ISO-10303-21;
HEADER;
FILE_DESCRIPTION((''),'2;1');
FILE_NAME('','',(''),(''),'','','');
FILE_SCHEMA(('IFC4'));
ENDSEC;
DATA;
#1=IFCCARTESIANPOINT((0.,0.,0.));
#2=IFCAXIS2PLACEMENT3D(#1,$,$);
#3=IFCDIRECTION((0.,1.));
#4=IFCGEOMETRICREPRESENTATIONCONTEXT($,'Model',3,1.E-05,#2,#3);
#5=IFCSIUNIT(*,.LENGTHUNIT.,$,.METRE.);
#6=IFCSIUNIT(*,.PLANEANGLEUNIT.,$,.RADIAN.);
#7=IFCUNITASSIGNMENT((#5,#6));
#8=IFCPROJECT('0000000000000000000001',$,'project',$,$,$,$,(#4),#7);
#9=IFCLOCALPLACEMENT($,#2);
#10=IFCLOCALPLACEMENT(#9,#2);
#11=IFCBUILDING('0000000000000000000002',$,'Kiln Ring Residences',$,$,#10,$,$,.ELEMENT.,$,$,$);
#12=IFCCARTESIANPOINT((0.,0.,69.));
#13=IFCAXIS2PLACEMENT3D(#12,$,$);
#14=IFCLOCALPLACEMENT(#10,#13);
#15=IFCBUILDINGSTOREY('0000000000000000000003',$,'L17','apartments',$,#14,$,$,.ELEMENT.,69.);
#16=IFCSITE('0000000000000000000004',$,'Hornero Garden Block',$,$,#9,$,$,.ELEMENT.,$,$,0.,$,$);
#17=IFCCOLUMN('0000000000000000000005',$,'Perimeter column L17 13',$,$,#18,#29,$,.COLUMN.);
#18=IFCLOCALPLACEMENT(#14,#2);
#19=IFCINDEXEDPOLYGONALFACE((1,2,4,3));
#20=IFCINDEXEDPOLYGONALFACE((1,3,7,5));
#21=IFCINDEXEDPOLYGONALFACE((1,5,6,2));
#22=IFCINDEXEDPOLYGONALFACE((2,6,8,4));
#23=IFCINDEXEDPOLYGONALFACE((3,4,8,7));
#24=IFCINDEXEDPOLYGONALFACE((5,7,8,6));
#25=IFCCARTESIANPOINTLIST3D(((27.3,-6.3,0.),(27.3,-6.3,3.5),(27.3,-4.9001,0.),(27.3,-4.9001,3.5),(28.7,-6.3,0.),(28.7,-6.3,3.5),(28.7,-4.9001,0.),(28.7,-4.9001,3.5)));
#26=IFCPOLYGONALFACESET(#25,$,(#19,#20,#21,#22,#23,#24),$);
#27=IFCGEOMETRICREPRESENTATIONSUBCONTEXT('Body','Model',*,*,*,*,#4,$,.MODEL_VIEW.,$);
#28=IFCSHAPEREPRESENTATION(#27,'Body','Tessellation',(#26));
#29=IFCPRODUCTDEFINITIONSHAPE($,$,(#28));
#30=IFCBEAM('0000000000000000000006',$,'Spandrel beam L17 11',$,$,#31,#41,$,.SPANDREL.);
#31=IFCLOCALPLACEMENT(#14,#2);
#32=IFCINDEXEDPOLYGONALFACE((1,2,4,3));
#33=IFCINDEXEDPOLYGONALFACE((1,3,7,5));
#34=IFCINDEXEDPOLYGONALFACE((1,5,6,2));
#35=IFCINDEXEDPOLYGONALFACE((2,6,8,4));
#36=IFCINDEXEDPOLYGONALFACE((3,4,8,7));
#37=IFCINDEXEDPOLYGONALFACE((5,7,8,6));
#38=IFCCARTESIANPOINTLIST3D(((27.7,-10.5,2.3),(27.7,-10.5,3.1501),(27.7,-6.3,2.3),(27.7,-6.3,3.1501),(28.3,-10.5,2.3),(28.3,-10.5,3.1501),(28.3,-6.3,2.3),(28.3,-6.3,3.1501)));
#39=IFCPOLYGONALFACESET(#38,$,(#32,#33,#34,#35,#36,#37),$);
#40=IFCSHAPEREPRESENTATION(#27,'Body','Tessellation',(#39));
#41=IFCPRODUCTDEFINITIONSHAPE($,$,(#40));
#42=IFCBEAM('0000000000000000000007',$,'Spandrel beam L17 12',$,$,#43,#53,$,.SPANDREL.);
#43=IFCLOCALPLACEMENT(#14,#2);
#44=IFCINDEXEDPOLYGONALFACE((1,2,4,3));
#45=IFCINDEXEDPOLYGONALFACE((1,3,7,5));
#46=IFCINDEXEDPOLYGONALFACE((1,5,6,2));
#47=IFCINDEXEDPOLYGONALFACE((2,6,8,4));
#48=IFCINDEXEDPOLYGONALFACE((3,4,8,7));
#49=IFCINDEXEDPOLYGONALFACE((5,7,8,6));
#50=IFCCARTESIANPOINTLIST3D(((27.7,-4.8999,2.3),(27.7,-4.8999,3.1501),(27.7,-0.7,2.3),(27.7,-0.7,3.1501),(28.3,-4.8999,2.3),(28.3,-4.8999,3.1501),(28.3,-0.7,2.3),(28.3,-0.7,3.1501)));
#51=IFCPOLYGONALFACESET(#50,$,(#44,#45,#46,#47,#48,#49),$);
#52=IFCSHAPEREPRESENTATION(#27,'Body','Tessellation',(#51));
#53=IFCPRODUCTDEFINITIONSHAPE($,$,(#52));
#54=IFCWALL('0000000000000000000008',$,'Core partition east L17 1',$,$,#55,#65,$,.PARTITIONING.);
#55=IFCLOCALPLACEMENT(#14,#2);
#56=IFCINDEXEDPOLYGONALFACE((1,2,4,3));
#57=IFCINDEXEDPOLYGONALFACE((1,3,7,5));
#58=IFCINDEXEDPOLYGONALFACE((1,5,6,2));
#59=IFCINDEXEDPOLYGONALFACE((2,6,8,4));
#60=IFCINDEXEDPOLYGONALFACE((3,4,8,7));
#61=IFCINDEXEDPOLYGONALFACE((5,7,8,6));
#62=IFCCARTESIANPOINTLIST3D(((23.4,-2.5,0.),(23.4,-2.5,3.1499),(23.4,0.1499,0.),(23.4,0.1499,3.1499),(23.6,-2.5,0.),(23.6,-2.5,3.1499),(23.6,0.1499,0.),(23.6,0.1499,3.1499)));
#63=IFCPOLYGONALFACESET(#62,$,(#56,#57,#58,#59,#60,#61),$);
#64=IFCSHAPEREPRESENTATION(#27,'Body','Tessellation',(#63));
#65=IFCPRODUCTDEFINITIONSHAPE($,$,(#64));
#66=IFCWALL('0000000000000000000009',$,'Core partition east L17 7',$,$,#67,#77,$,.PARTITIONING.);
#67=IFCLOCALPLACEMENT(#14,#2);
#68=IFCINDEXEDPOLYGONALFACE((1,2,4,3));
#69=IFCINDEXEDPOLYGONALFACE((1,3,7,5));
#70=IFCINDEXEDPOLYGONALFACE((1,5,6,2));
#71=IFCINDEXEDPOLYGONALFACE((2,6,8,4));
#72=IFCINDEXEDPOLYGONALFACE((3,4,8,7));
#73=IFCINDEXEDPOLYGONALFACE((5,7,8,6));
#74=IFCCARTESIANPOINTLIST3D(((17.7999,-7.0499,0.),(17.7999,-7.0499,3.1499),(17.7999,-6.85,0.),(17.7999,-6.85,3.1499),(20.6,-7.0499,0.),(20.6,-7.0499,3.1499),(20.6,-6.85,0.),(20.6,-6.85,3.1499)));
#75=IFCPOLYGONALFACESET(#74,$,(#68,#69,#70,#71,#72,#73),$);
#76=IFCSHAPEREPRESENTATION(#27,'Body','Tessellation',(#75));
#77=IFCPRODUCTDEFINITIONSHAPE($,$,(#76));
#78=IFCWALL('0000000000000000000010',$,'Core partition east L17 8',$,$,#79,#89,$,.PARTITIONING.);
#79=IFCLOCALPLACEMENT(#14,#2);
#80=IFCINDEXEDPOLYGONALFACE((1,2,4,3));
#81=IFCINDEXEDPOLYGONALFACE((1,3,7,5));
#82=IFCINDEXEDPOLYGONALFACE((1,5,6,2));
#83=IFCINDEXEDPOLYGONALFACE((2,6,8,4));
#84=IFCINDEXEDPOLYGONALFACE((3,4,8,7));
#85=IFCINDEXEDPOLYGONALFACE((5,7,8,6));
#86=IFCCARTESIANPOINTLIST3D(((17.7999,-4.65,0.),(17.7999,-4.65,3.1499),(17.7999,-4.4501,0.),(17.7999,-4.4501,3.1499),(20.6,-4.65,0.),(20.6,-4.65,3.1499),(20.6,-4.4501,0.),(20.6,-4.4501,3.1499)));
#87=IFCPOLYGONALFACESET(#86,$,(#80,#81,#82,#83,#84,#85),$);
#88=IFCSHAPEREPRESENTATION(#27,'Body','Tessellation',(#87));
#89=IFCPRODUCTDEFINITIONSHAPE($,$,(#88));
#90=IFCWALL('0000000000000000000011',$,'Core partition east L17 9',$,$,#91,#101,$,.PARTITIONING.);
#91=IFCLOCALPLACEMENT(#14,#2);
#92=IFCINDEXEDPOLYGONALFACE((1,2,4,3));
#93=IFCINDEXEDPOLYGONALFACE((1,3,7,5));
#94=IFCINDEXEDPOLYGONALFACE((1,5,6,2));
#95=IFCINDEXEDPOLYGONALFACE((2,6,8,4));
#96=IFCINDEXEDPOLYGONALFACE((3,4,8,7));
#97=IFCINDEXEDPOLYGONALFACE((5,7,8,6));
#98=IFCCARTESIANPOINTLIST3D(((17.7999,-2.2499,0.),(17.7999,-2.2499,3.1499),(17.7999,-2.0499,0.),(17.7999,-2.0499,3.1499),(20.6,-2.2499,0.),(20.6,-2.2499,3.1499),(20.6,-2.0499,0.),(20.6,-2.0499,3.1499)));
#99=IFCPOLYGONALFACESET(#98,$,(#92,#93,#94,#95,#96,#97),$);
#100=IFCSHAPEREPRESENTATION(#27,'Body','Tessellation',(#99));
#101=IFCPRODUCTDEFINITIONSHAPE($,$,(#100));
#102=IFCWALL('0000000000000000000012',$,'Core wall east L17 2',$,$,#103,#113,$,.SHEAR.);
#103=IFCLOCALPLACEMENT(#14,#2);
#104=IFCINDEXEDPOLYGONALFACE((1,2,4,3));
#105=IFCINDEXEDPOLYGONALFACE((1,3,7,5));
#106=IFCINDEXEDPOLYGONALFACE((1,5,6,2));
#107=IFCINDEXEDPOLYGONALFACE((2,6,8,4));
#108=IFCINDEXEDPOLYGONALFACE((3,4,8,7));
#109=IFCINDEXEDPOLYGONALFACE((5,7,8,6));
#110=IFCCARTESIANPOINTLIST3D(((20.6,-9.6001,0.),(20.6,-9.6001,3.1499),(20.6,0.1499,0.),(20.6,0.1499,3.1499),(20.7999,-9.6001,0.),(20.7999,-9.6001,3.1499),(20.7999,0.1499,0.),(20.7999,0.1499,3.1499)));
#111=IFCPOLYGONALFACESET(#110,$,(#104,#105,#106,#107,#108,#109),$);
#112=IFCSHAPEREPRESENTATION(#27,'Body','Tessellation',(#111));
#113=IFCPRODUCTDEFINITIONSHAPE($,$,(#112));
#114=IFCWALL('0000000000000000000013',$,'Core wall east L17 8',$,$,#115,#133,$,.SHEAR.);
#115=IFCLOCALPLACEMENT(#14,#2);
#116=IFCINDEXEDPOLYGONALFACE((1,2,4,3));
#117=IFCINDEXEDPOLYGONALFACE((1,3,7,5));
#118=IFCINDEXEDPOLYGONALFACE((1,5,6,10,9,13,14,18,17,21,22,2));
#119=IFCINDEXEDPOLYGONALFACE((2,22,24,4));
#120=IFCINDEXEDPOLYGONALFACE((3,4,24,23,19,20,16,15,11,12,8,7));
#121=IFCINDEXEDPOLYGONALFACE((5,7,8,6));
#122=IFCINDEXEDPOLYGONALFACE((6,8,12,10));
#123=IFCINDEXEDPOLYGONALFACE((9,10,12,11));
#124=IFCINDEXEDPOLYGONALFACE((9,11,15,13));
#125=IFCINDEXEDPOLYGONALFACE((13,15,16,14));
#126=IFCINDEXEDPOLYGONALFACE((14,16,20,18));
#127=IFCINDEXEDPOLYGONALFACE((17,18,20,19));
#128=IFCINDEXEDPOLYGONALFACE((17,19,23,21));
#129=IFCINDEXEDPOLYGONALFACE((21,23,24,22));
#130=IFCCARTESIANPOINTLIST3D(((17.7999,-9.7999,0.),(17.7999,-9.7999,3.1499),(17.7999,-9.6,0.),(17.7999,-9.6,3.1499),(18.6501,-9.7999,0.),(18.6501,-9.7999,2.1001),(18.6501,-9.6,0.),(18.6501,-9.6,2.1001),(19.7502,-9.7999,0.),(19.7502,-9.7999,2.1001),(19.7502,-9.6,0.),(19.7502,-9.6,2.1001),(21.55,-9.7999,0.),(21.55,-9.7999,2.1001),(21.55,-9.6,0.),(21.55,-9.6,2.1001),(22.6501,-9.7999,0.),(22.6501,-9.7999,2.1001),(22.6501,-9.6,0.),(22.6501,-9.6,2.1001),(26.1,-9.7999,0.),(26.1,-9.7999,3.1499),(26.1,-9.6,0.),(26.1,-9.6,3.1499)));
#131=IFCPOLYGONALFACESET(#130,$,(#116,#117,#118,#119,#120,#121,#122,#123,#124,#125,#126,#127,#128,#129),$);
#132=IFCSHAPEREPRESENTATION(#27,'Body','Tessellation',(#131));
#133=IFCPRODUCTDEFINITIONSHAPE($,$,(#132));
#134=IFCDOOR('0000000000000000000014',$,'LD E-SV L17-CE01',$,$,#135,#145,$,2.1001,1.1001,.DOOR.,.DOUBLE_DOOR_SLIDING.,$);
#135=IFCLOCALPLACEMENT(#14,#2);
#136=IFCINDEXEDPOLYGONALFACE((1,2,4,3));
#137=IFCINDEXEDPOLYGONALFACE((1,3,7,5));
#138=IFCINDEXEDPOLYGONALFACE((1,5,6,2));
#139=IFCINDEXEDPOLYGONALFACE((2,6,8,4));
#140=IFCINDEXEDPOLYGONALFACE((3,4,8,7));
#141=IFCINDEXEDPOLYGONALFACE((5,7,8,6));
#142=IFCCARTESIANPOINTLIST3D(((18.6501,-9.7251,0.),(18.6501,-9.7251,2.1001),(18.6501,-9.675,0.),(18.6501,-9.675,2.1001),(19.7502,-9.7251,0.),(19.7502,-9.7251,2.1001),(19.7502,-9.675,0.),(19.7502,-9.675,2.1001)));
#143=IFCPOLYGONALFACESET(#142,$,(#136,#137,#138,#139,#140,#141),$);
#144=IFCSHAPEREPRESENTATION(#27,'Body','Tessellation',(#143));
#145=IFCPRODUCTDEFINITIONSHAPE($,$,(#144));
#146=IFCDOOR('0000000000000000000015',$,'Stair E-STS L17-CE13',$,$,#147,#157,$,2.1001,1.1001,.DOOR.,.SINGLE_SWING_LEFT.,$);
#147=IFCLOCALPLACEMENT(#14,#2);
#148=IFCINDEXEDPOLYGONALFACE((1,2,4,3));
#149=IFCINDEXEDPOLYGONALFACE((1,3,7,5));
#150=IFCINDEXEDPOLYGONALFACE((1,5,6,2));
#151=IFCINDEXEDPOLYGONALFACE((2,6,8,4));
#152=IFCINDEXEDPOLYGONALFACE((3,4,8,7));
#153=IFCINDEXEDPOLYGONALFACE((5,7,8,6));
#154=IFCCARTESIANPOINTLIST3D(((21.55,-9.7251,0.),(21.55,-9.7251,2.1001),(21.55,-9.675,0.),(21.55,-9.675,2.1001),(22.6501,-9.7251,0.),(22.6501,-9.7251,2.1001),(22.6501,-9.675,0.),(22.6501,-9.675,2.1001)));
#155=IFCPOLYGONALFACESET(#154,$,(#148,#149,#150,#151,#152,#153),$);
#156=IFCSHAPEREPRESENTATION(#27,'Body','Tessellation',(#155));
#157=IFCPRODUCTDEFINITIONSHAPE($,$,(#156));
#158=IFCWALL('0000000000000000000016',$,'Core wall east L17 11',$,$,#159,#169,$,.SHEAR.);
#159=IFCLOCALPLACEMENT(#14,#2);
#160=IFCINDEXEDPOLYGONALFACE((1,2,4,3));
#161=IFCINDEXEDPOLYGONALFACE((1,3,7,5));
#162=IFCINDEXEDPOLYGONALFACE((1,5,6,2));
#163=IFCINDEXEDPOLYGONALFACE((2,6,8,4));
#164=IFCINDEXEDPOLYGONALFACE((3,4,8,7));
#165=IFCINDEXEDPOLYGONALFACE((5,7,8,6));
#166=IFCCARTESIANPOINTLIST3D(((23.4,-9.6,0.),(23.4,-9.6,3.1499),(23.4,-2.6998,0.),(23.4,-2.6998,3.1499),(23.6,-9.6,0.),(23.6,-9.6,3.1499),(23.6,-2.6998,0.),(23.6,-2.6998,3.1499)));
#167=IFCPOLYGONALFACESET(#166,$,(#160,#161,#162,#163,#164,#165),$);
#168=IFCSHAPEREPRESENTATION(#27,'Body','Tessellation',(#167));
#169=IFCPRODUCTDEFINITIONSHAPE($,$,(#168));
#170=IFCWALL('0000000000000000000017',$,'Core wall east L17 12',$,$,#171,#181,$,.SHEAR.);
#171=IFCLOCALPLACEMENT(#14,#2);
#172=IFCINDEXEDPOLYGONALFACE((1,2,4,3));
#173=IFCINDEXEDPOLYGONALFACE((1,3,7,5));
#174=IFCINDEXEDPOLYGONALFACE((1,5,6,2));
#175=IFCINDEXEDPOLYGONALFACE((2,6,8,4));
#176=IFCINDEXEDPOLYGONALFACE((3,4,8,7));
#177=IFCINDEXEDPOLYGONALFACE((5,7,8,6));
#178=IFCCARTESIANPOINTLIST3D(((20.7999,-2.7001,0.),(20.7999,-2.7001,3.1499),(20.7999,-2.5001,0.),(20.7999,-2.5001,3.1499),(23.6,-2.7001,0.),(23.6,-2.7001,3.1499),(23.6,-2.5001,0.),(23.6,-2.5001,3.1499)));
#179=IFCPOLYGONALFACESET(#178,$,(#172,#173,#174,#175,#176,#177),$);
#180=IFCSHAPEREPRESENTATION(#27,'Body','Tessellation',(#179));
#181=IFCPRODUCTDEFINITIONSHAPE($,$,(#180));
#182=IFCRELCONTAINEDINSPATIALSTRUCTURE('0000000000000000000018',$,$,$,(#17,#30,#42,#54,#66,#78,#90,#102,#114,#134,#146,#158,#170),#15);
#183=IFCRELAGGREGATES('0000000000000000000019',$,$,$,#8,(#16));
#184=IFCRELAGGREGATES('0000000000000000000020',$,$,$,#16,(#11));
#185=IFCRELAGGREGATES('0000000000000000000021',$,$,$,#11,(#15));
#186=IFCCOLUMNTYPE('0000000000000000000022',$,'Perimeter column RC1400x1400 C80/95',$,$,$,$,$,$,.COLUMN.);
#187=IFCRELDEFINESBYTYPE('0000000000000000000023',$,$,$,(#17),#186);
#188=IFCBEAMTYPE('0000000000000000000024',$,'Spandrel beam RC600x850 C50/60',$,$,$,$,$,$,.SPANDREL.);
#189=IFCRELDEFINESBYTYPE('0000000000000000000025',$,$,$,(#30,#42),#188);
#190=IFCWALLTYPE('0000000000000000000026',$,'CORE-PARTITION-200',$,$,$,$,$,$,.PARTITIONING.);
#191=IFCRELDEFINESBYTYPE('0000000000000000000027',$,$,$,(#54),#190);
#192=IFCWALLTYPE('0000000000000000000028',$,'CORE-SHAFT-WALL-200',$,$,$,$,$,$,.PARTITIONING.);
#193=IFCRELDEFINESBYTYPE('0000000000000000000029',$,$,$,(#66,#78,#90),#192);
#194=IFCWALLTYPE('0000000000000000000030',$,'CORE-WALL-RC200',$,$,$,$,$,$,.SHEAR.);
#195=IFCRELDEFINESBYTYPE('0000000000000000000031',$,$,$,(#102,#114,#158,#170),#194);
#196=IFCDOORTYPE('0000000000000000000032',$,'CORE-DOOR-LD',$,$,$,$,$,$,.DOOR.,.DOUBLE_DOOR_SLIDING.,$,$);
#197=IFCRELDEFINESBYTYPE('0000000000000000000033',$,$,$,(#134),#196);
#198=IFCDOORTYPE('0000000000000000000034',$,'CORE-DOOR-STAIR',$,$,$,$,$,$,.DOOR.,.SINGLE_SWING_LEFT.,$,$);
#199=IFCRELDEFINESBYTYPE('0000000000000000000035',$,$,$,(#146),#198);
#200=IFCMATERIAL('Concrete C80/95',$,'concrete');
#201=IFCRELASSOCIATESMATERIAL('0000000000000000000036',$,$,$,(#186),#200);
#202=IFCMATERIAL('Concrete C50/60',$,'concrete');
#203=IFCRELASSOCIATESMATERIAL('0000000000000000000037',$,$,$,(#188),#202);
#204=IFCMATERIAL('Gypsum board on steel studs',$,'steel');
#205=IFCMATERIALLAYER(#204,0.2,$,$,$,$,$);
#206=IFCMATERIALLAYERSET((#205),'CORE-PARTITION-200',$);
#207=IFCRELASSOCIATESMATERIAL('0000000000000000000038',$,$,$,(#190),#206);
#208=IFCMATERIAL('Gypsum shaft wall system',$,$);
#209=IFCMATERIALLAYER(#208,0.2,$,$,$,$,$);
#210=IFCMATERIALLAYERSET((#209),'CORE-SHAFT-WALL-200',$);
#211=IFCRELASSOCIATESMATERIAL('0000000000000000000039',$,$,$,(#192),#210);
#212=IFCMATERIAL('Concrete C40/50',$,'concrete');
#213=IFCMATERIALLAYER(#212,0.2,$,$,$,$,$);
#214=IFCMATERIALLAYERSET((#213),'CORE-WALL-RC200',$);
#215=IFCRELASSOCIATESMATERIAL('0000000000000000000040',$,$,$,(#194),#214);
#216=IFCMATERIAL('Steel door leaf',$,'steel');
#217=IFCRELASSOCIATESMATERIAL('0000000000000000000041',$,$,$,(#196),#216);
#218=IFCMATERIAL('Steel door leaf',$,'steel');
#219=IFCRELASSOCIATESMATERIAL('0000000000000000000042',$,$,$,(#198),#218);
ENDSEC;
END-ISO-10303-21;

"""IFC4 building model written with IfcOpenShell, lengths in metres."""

from ifc_helpers import new_model, si_unit, direction, frame, frame_2d, origin, origin_2d, place, context, subcontext, project, spatial, rectangle, extrude, material, layer, layer_set, material_profile, profile_set, type_object, element, fill, save


model = new_model("IFC4")

# Units and contexts
model_context = context("Model", 3, precision=1e-05, world=origin(), true_north=direction((0.0, 1.0)))
body_context = subcontext(model_context, "Body", "Model", "MODEL_VIEW")
ifc_project = project(units=[si_unit("LENGTHUNIT", "METRE"), si_unit("PLANEANGLEUNIT", "RADIAN")], contexts=[model_context])

# Site, building, storey
site_placement = place(None, origin())
site = spatial("IfcSite", under=ifc_project, at=site_placement, Name="Hornero Garden Block", CompositionType="ELEMENT", RefElevation=0.0)
building_placement = place(site_placement, origin())
building = spatial("IfcBuilding", under=site, at=building_placement, Name="Kiln Ring Residences", CompositionType="ELEMENT")
storey_placement = place(building_placement, frame((0.0, 0.0, 69.0)))
storey = spatial("IfcBuildingStorey", under=building, at=storey_placement, Name="L17", Description="apartments", CompositionType="ELEMENT", Elevation=69.0)

# Column
ifc_material_1 = material(Name="Concrete C80/95", Category="concrete")
ifc_material_profile_1 = material_profile(ifc_material_1, rectangle(XDim=1.3999, YDim=1.3999, at=origin_2d()), Name="RC1400x1400")
ifc_profile_set_1 = profile_set([ifc_material_profile_1], Name="Concrete C80/95")
column_type = type_object("IfcColumnType", Name="Perimeter column RC1400x1400 C80/95", PredefinedType="COLUMN", material=ifc_profile_set_1)
column_placement = place(storey_placement, frame((28.0, -5.6001, 0.0), z_axis=(0.0, 0.0, 1.0), x_axis=(1.0, 0.0, 0.0)))
element("IfcColumn", 1, at=column_placement, inside=storey, type_object=column_type, Name="Perimeter column L17 13", PredefinedType="COLUMN", context=body_context, shape_type="SweptSolid", body=[
    extrude(rectangle(XDim=1.3999, YDim=1.3999, at=origin_2d()), origin(), (0.0, 0.0, 1.0), 3.5),
])

# Beams
ifc_material_2 = material(Name="Concrete C50/60", Category="concrete")
ifc_material_profile_2 = material_profile(ifc_material_2, rectangle(XDim=0.6001, YDim=0.8501, at=origin_2d()), Name="RC600x850")
ifc_profile_set_2 = profile_set([ifc_material_profile_2], Name="Concrete C50/60")
beam_type = type_object("IfcBeamType", Name="Spandrel beam RC600x850 C50/60", PredefinedType="SPANDREL", material=ifc_profile_set_2)
for number, where, z_axis, x_axis, name in (
    (2, (28.0, -10.5, 2.7251), (0.0, 1.0, 0.0), (-1.0, 0.0, 0.0), "Spandrel beam L17 11"),
    (3, (28.0, -4.8999, 2.7251), (0.0, 1.0, 0.0), (-1.0, 0.0, 0.0), "Spandrel beam L17 12"),
):
    element("IfcBeam", number, at=place(storey_placement, frame(where, z_axis=z_axis, x_axis=x_axis)), inside=storey, type_object=beam_type, Name=name, PredefinedType="SPANDREL", context=body_context, shape_type="SweptSolid", body=[
        extrude(rectangle(XDim=0.6001, YDim=0.8501, at=origin_2d()), origin(), (0.0, 0.0, 1.0), 4.2),
    ])

# Walls
ifc_material_3 = material(Name="Gypsum board on steel studs", Category="steel")
ifc_layer_1 = layer(ifc_material_3, 0.2)
ifc_layer_set_1 = layer_set([ifc_layer_1], Name="CORE-PARTITION-200")
wall_type_1 = type_object("IfcWallType", Name="CORE-PARTITION-200", PredefinedType="PARTITIONING", material=ifc_layer_set_1)
wall_1_placement = place(storey_placement, frame((23.5, -2.5, 0.0), z_axis=(0.0, 0.0, 1.0), x_axis=(0.0, 1.0, 0.0)))
element("IfcWall", 4, at=wall_1_placement, inside=storey, type_object=wall_type_1, Name="Core partition east L17 1", PredefinedType="PARTITIONING", context=body_context, shape_type="SweptSolid", body=[
    extrude(rectangle(XDim=2.6499, YDim=0.2, at=frame_2d((1.325, 0.0))), origin(), (0.0, 0.0, 1.0), 3.1499),
])
ifc_material_4 = material(Name="Gypsum shaft wall system")
ifc_layer_2 = layer(ifc_material_4, 0.2)
ifc_layer_set_2 = layer_set([ifc_layer_2], Name="CORE-SHAFT-WALL-200")
wall_type_2 = type_object("IfcWallType", Name="CORE-SHAFT-WALL-200", PredefinedType="PARTITIONING", material=ifc_layer_set_2)
for number, where, z_axis, x_axis, name in (
    (5, (17.8, -6.95, 0.0), (0.0, 0.0, 1.0), (1.0, 0.0, 0.0), "Core partition east L17 7"),
    (6, (17.8, -4.55, 0.0), (0.0, 0.0, 1.0), (1.0, 0.0, 0.0), "Core partition east L17 8"),
    (7, (17.8, -2.1499, 0.0), (0.0, 0.0, 1.0), (1.0, 0.0, 0.0), "Core partition east L17 9"),
):
    element("IfcWall", number, at=place(storey_placement, frame(where, z_axis=z_axis, x_axis=x_axis)), inside=storey, type_object=wall_type_2, Name=name, PredefinedType="PARTITIONING", context=body_context, shape_type="SweptSolid", body=[
        extrude(rectangle(XDim=2.8, YDim=0.2, at=frame_2d((1.3999, 0.0))), origin(), (0.0, 0.0, 1.0), 3.1499),
    ])
ifc_material_5 = material(Name="Concrete C40/50", Category="concrete")
ifc_layer_3 = layer(ifc_material_5, 0.2)
ifc_layer_set_3 = layer_set([ifc_layer_3], Name="CORE-WALL-RC200")
wall_type_3 = type_object("IfcWallType", Name="CORE-WALL-RC200", PredefinedType="SHEAR", material=ifc_layer_set_3)
wall_2_placement = place(storey_placement, frame((20.7, -9.6001, 0.0), z_axis=(0.0, 0.0, 1.0), x_axis=(0.0, 1.0, 0.0)))
element("IfcWall", 8, at=wall_2_placement, inside=storey, type_object=wall_type_3, Name="Core wall east L17 2", PredefinedType="SHEAR", context=body_context, shape_type="SweptSolid", body=[
    extrude(rectangle(XDim=9.75, YDim=0.2, at=frame_2d((4.875, 0.0))), origin(), (0.0, 0.0, 1.0), 3.1499),
])

# Wall, openings, doors
wall_3_placement = place(storey_placement, frame((17.8, -9.7, 0.0), z_axis=(0.0, 0.0, 1.0), x_axis=(1.0, 0.0, 0.0)))
wall_3 = element("IfcWall", 9, at=wall_3_placement, inside=storey, type_object=wall_type_3, Name="Core wall east L17 8", PredefinedType="SHEAR", context=body_context, shape_type="SweptSolid", body=[
    extrude(rectangle(XDim=8.3, YDim=0.2, at=frame_2d((4.1499, 0.0))), origin(), (0.0, 0.0, 1.0), 3.1499),
])
opening_1_placement = place(wall_3_placement, frame((0.8501, 0.0, 0.0)))
opening_1 = element("IfcOpeningElement", 10, at=opening_1_placement, cuts=wall_3, PredefinedType="OPENING", context=body_context, shape_type="SweptSolid", body=[
    extrude(rectangle(XDim=1.1001, YDim=2.1001, at=frame_2d((0.55, 1.05))), frame((0.0, 0.1099, 0.0), z_axis=(0.0, -1.0, 0.0), x_axis=(1.0, 0.0, 0.0)), (0.0, 0.0, 1.0), 0.22),
])
opening_2_placement = place(wall_3_placement, frame((3.75, 0.0, 0.0)))
opening_2 = element("IfcOpeningElement", 11, at=opening_2_placement, cuts=wall_3, PredefinedType="OPENING", context=body_context, shape_type="SweptSolid", body=[
    extrude(rectangle(XDim=1.1001, YDim=2.1001, at=frame_2d((0.55, 1.05))), frame((0.0, 0.1099, 0.0), z_axis=(0.0, -1.0, 0.0), x_axis=(1.0, 0.0, 0.0)), (0.0, 0.0, 1.0), 0.22),
])
ifc_material_6 = material(Name="Steel door leaf", Category="steel")
door_type_1 = type_object("IfcDoorType", Name="CORE-DOOR-LD", OperationType="DOUBLE_DOOR_SLIDING", PredefinedType="DOOR", material=ifc_material_6)
door_1_placement = place(opening_1_placement, origin())
door_1 = element("IfcDoor", 12, at=door_1_placement, inside=storey, type_object=door_type_1, Name="LD E-SV L17-CE01", OperationType="DOUBLE_DOOR_SLIDING", OverallHeight=2.1001, OverallWidth=1.1001, PredefinedType="DOOR", context=body_context, shape_type="SweptSolid", body=[
    extrude(rectangle(XDim=1.1001, YDim=2.1001, at=frame_2d((0.55, 1.05))), frame((0.0, 0.0249, 0.0), z_axis=(0.0, -1.0, 0.0), x_axis=(1.0, 0.0, 0.0)), (0.0, 0.0, 1.0), 0.05),
])
fill(opening_1, door_1)
ifc_material_7 = material(Name="Steel door leaf", Category="steel")
door_type_2 = type_object("IfcDoorType", Name="CORE-DOOR-STAIR", OperationType="SINGLE_SWING_LEFT", PredefinedType="DOOR", material=ifc_material_7)
door_2_placement = place(opening_2_placement, origin())
door_2 = element("IfcDoor", 13, at=door_2_placement, inside=storey, type_object=door_type_2, Name="Stair E-STS L17-CE13", OperationType="SINGLE_SWING_LEFT", OverallHeight=2.1001, OverallWidth=1.1001, PredefinedType="DOOR", context=body_context, shape_type="SweptSolid", body=[
    extrude(rectangle(XDim=1.1001, YDim=2.1001, at=frame_2d((0.55, 1.05))), frame((0.0, 0.0249, 0.0), z_axis=(0.0, -1.0, 0.0), x_axis=(1.0, 0.0, 0.0)), (0.0, 0.0, 1.0), 0.05),
])
fill(opening_2, door_2)

# Walls
wall_4_placement = place(storey_placement, frame((23.5, -9.6001, 0.0), z_axis=(0.0, 0.0, 1.0), x_axis=(0.0, 1.0, 0.0)))
element("IfcWall", 14, at=wall_4_placement, inside=storey, type_object=wall_type_3, Name="Core wall east L17 11", PredefinedType="SHEAR", context=body_context, shape_type="SweptSolid", body=[
    extrude(rectangle(XDim=6.9001, YDim=0.2, at=frame_2d((3.4502, 0.0))), origin(), (0.0, 0.0, 1.0), 3.1499),
])
wall_5_placement = place(storey_placement, frame((20.8, -2.6001, 0.0), z_axis=(0.0, 0.0, 1.0), x_axis=(1.0, 0.0, 0.0)))
element("IfcWall", 15, at=wall_5_placement, inside=storey, type_object=wall_type_3, Name="Core wall east L17 12", PredefinedType="SHEAR", context=body_context, shape_type="SweptSolid", body=[
    extrude(rectangle(XDim=2.8, YDim=0.2, at=frame_2d((1.3999, 0.0))), origin(), (0.0, 0.0, 1.0), 3.1499),
])

save(model, "model.ifc")
